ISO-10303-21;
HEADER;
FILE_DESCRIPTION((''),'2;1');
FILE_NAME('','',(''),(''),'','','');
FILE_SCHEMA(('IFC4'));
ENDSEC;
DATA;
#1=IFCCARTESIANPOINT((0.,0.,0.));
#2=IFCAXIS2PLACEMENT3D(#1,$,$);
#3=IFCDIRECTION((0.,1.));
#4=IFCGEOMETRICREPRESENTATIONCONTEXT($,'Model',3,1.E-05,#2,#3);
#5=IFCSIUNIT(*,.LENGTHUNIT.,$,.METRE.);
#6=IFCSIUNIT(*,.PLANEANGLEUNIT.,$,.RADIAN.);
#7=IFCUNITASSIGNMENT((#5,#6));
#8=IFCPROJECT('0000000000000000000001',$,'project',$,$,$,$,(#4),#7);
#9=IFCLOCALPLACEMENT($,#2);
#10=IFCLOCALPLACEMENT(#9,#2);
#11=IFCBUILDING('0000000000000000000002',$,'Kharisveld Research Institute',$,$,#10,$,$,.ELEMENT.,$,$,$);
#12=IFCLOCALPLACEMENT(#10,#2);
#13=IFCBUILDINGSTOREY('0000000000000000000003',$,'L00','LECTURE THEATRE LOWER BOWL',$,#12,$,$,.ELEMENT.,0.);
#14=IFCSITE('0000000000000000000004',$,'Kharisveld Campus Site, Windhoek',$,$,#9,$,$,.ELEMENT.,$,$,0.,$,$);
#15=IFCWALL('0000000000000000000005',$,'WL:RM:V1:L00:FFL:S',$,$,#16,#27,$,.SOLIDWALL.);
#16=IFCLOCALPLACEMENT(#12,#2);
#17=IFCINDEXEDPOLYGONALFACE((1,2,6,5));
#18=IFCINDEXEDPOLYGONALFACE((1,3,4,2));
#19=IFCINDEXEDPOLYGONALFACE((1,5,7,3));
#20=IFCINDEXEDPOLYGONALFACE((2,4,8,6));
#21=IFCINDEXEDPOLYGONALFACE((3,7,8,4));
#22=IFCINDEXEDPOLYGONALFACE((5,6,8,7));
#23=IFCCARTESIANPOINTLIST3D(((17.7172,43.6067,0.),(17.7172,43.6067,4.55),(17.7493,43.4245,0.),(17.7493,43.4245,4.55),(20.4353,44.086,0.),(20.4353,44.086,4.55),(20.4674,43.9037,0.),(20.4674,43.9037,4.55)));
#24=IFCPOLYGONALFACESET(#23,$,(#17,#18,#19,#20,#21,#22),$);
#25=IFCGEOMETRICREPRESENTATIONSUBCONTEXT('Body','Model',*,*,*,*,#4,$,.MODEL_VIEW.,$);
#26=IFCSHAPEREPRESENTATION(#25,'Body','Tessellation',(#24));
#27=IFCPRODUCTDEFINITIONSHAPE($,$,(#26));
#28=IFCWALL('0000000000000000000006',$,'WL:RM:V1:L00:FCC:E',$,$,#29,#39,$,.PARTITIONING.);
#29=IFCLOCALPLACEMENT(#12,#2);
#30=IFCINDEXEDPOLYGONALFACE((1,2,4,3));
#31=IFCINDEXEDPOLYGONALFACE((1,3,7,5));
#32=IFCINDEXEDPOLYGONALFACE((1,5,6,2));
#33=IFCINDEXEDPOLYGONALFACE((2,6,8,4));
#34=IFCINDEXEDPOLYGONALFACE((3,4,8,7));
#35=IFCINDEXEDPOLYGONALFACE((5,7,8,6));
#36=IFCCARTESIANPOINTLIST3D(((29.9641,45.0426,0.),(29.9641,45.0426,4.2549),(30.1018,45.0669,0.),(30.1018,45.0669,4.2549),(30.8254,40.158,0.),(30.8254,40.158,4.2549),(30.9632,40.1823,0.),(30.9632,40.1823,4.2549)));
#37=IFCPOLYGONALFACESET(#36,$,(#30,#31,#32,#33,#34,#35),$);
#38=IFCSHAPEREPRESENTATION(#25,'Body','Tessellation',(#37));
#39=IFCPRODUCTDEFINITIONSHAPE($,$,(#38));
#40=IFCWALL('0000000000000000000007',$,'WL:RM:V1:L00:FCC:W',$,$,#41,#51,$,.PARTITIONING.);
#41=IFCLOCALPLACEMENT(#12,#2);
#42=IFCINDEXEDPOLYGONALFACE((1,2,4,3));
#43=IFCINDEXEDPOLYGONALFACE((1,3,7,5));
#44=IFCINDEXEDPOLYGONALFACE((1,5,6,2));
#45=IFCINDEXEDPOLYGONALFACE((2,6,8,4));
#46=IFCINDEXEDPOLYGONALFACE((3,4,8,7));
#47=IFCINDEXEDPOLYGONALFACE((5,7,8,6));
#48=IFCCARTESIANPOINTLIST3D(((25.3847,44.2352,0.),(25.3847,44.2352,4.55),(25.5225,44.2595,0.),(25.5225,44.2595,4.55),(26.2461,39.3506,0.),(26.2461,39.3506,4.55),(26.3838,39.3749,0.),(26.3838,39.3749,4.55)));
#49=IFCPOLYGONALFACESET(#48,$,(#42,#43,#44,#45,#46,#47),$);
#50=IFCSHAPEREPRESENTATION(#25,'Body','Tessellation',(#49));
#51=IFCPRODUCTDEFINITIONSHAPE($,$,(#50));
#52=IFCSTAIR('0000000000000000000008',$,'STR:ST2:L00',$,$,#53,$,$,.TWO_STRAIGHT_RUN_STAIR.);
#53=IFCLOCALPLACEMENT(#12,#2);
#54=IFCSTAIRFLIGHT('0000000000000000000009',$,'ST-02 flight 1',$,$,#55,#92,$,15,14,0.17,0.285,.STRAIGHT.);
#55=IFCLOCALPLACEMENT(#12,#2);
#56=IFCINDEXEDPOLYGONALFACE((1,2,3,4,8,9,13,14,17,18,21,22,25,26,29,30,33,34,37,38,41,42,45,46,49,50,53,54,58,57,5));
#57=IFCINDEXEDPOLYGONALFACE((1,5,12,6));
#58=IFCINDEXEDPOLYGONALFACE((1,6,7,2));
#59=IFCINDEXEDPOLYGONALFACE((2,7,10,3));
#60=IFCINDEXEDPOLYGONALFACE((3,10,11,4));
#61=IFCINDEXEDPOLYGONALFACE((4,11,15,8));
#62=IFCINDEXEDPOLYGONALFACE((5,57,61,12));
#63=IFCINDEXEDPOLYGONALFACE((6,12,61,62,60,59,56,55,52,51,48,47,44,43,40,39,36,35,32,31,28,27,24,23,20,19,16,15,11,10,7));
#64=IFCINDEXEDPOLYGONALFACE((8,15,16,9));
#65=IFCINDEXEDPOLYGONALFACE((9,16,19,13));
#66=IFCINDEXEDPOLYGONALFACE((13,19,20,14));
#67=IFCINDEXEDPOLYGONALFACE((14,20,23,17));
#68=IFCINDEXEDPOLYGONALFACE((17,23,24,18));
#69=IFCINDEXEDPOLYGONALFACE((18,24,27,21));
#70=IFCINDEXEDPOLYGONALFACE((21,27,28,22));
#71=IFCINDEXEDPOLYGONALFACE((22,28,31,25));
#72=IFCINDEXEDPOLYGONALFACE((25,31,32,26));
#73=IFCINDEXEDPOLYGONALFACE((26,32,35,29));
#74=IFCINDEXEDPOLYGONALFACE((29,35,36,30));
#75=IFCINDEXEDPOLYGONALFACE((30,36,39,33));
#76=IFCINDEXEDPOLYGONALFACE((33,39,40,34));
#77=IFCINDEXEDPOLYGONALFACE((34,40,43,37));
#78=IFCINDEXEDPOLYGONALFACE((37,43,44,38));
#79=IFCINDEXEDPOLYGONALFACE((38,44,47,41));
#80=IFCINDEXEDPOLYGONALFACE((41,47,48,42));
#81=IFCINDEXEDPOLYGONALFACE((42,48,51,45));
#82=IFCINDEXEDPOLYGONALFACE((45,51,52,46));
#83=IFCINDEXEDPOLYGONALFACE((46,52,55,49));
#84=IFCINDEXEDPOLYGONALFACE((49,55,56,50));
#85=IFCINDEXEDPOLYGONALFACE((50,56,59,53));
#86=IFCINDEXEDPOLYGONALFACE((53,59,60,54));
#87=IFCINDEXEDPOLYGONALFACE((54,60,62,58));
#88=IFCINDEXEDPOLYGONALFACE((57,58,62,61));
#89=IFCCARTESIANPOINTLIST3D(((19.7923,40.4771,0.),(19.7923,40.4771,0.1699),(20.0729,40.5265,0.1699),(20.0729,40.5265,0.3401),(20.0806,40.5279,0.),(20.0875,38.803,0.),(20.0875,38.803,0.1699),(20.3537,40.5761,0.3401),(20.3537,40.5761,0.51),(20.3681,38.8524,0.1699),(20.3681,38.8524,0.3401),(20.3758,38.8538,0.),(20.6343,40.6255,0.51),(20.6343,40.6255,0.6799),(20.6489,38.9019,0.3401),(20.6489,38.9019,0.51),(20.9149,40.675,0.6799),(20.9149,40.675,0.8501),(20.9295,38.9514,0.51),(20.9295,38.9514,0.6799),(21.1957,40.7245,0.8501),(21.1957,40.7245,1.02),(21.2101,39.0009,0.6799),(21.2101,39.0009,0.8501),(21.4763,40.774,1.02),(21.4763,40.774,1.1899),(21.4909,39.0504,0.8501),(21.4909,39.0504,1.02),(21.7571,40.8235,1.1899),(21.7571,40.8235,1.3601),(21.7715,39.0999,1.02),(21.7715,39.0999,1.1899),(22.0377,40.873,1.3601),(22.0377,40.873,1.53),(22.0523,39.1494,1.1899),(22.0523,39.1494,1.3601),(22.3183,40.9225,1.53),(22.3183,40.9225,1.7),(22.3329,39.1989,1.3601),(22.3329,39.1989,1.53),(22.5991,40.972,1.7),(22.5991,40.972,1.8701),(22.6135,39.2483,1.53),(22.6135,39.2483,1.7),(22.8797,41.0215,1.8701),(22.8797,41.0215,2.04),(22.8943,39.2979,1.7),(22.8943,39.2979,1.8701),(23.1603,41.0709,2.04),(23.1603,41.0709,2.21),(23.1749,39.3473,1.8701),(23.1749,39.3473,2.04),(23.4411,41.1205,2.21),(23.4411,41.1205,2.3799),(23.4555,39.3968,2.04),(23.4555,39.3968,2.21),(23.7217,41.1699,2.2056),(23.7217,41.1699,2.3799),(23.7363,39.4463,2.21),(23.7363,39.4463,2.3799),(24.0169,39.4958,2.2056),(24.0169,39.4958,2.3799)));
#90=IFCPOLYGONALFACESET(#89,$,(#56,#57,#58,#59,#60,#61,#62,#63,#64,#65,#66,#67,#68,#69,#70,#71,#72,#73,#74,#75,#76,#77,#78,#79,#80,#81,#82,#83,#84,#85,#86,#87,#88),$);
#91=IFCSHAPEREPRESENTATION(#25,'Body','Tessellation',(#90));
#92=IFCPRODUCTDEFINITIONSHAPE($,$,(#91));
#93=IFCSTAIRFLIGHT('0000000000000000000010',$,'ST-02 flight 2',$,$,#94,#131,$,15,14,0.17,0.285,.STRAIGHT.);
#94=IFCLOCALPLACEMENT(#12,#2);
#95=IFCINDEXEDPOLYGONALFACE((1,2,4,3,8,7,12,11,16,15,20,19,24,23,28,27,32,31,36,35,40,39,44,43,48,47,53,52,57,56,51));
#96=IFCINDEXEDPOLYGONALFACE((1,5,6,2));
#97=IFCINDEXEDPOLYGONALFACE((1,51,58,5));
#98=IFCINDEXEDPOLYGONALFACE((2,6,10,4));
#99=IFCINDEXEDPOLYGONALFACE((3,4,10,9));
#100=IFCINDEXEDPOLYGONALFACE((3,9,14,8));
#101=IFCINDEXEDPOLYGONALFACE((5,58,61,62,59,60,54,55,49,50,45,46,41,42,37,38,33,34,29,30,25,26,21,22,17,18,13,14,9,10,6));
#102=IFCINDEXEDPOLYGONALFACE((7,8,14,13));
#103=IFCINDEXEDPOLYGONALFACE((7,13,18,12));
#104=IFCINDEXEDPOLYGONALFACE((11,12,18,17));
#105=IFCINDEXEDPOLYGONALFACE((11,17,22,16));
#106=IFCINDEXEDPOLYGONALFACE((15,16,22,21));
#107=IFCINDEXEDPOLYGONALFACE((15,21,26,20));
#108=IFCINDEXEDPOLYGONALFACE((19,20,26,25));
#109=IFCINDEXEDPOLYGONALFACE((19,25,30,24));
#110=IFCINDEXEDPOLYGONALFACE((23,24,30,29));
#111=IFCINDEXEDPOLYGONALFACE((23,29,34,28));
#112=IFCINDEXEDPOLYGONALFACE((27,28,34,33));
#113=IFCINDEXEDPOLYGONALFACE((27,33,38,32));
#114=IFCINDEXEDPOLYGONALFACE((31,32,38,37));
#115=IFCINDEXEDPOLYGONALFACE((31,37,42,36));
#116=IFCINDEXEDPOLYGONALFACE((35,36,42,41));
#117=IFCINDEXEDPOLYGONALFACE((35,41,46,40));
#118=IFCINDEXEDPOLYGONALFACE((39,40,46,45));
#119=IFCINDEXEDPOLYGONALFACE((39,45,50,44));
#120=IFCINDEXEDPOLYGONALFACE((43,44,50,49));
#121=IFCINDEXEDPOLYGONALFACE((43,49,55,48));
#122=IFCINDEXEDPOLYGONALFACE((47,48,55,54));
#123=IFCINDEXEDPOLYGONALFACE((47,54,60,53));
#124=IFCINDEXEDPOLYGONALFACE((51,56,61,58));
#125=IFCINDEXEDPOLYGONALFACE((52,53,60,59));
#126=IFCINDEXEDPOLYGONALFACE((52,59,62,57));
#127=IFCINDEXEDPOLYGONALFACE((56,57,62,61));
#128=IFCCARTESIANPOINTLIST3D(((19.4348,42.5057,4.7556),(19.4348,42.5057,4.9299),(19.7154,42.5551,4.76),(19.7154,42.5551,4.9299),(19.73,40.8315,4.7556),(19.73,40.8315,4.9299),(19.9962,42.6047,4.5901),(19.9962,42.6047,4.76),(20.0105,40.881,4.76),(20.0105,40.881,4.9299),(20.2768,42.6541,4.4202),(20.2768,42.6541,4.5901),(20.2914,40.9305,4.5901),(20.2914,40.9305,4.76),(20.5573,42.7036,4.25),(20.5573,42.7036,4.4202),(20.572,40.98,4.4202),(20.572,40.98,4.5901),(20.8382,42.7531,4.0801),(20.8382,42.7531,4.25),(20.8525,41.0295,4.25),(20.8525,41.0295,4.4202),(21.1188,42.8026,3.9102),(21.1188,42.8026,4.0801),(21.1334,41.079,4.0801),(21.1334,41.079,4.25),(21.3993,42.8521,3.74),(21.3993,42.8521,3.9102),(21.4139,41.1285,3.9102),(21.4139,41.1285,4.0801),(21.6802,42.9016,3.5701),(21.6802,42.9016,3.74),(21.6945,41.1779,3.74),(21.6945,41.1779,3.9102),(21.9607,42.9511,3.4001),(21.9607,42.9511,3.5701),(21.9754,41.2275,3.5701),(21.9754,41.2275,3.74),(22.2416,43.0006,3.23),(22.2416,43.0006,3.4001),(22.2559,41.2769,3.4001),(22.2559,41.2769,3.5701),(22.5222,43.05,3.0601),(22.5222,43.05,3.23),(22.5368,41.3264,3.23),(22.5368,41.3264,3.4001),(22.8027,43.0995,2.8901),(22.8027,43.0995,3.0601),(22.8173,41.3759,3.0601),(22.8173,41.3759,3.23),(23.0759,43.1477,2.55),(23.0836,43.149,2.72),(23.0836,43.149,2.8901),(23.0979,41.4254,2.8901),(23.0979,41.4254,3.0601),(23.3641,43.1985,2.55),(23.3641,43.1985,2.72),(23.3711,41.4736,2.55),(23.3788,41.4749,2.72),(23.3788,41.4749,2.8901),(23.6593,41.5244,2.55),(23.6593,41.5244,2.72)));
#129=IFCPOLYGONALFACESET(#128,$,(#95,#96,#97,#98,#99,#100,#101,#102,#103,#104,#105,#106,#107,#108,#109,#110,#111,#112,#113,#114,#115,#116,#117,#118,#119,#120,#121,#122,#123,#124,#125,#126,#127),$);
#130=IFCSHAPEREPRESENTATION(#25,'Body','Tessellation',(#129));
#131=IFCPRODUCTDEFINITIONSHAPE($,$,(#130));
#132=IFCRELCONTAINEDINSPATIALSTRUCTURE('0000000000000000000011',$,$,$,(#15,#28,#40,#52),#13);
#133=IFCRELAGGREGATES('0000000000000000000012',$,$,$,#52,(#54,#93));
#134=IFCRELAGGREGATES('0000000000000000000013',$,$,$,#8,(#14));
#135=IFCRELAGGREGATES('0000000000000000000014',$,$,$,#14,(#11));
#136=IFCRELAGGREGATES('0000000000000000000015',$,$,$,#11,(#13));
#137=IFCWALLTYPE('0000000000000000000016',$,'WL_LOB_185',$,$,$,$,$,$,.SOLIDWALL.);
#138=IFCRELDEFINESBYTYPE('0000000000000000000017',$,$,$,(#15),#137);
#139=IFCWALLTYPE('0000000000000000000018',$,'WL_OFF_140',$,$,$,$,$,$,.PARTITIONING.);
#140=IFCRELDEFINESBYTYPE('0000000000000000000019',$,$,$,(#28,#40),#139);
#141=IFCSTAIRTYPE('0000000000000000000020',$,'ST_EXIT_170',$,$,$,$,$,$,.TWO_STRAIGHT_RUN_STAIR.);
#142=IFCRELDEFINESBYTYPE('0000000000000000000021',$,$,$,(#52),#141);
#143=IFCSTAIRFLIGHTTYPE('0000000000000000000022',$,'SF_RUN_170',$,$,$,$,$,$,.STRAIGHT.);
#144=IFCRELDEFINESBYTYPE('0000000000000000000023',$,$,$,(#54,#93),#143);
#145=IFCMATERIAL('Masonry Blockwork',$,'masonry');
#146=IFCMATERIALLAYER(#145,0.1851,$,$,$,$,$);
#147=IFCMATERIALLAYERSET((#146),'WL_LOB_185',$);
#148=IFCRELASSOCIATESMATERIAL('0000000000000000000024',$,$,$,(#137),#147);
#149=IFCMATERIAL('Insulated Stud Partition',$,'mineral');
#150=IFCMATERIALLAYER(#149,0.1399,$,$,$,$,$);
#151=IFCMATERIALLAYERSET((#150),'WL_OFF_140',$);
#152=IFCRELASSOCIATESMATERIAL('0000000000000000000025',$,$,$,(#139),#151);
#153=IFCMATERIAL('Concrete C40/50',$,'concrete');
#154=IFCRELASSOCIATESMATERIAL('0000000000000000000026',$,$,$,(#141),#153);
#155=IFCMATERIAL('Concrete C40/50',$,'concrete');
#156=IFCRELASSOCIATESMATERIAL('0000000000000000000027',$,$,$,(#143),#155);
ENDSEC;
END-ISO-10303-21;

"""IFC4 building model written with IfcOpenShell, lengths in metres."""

from ifc_helpers import new_model, si_unit, direction, frame, frame_2d, origin, place, context, subcontext, project, spatial, polyline, rectangle, outline, extrude, material, layer, layer_set, type_object, element, aggregate, save


model = new_model("IFC4")

# Units and contexts
model_context = context("Model", 3, precision=1e-05, world=origin(), true_north=direction((0.0, 1.0)))
body_context = subcontext(model_context, "Body", "Model", "MODEL_VIEW")
ifc_project = project(units=[si_unit("LENGTHUNIT", "METRE"), si_unit("PLANEANGLEUNIT", "RADIAN")], contexts=[model_context])

# Site, building, storey
site_placement = place(None, origin())
site = spatial("IfcSite", under=ifc_project, at=site_placement, Name="Kharisveld Campus Site, Windhoek", CompositionType="ELEMENT", RefElevation=0.0)
building_placement = place(site_placement, origin())
building = spatial("IfcBuilding", under=site, at=building_placement, Name="Kharisveld Research Institute", CompositionType="ELEMENT")
storey_placement = place(building_placement, origin())
storey = spatial("IfcBuildingStorey", under=building, at=storey_placement, Name="L00", Description="LECTURE THEATRE LOWER BOWL", CompositionType="ELEMENT", Elevation=0.0)

# Wall
ifc_material_1 = material(Name="Masonry Blockwork", Category="masonry")
ifc_layer_1 = layer(ifc_material_1, 0.1851)
ifc_layer_set_1 = layer_set([ifc_layer_1], Name="WL_LOB_185")
wall_type_1 = type_object("IfcWallType", Name="WL_LOB_185", PredefinedType="SOLIDWALL", material=ifc_layer_set_1)
wall_1_placement = place(storey_placement, frame((17.7334, 43.5156, 0.0), z_axis=(0.0, 0.0, 1.0), x_axis=(0.984808, 0.173644, 0.0)))
element("IfcWall", 1, at=wall_1_placement, inside=storey, type_object=wall_type_1, Name="WL:RM:V1:L00:FFL:S", PredefinedType="SOLIDWALL", context=body_context, shape_type="SweptSolid", body=[
    extrude(rectangle(XDim=2.76, YDim=0.1851, at=frame_2d((1.3799, 0.0))), origin(), (0.0, 0.0, 1.0), 4.55),
])

# Walls
ifc_material_2 = material(Name="Insulated Stud Partition", Category="mineral")
ifc_layer_2 = layer(ifc_material_2, 0.1399)
ifc_layer_set_2 = layer_set([ifc_layer_2], Name="WL_OFF_140")
wall_type_2 = type_object("IfcWallType", Name="WL_OFF_140", PredefinedType="PARTITIONING", material=ifc_layer_set_2)
wall_2_placement = place(storey_placement, frame((30.8943, 40.1702, 0.0), z_axis=(0.0, 0.0, 1.0), x_axis=(-0.173659, 0.984806, 0.0)))
element("IfcWall", 2, at=wall_2_placement, inside=storey, type_object=wall_type_2, Name="WL:RM:V1:L00:FCC:E", PredefinedType="PARTITIONING", context=body_context, shape_type="SweptSolid", body=[
    extrude(rectangle(XDim=4.96, YDim=0.1399, at=frame_2d((2.48, 0.0))), origin(), (0.0, 0.0, 1.0), 4.2549),
])
wall_3_placement = place(storey_placement, frame((25.4536, 44.2473, 0.0), z_axis=(0.0, 0.0, 1.0), x_axis=(0.173659, -0.984806, 0.0)))
element("IfcWall", 3, at=wall_3_placement, inside=storey, type_object=wall_type_2, Name="WL:RM:V1:L00:FCC:W", PredefinedType="PARTITIONING", context=body_context, shape_type="SweptSolid", body=[
    extrude(rectangle(XDim=4.96, YDim=0.1399, at=frame_2d((2.48, 0.0))), origin(), (0.0, 0.0, 1.0), 4.55),
])

# Stair, stair flights
ifc_material_3 = material(Name="Concrete C40/50", Category="concrete")
stair_type = type_object("IfcStairType", Name="ST_EXIT_170", PredefinedType="TWO_STRAIGHT_RUN_STAIR", material=ifc_material_3)
stair_placement = place(storey_placement, origin())
stair = element("IfcStair", 4, at=stair_placement, inside=storey, type_object=stair_type, Name="STR:ST2:L00", PredefinedType="TWO_STRAIGHT_RUN_STAIR")
ifc_material_4 = material(Name="Concrete C40/50", Category="concrete")
stair_flight_type = type_object("IfcStairFlightType", Name="SF_RUN_170", PredefinedType="STRAIGHT", material=ifc_material_4)
stair_flight_1_placement = place(storey_placement, frame((19.9399, 39.6399, 0.0), z_axis=(0.0, 0.0, 1.0), x_axis=(0.984808, 0.173648, 0.0)))
stair_flight_1 = element("IfcStairFlight", 5, at=stair_flight_1_placement, type_object=stair_flight_type, Name="ST-02 flight 1", NumberOfRisers=15, NumberOfTreads=14, PredefinedType="STRAIGHT", RiserHeight=0.17, TreadLength=0.285, context=body_context, shape_type="SweptSolid", body=[
    extrude(outline(polyline([(0.0, 0.0), (0.0, 0.1699), (0.2849, 0.1699), (0.2849, 0.3401), (0.5701, 0.3401), (0.5701, 0.51), (0.855, 0.51), (0.855, 0.6799), (1.1399, 0.6799), (1.1399, 0.8501), (1.425, 0.8501), (1.425, 1.02), (1.71, 1.02), (1.71, 1.1899), (1.9951, 1.1899), (1.9951, 1.3601), (2.28, 1.3601), (2.28, 1.53), (2.5649, 1.53), (2.5649, 1.7), (2.8501, 1.7), (2.8501, 1.8701), (3.135, 1.8701), (3.135, 2.04), (3.4199, 2.04), (3.4199, 2.21), (3.7051, 2.21), (3.7051, 2.3799), (3.99, 2.3799), (3.99, 2.55), (3.99, 2.2056), (0.2927, 0.0), (0.0, 0.0)])), frame((0.0, 0.8501, 0.0), z_axis=(0.0, -1.0, 0.0), x_axis=(1.0, 0.0, 0.0)), (0.0, 0.0, 1.0), 1.7),
])
stair_flight_2_placement = place(storey_placement, frame((23.5117, 42.3616, 2.55), z_axis=(0.0, 0.0, 1.0), x_axis=(-0.984808, -0.173648, 0.0)))
stair_flight_2 = element("IfcStairFlight", 6, at=stair_flight_2_placement, type_object=stair_flight_type, Name="ST-02 flight 2", NumberOfRisers=15, NumberOfTreads=14, PredefinedType="STRAIGHT", RiserHeight=0.17, TreadLength=0.285, context=body_context, shape_type="SweptSolid", body=[
    extrude(outline(polyline([(0.0, 0.0), (0.0, 0.1699), (0.2849, 0.1699), (0.2849, 0.3401), (0.5701, 0.3401), (0.5701, 0.51), (0.855, 0.51), (0.855, 0.6799), (1.1399, 0.6799), (1.1399, 0.8501), (1.425, 0.8501), (1.425, 1.02), (1.71, 1.02), (1.71, 1.1899), (1.9951, 1.1899), (1.9951, 1.3601), (2.28, 1.3601), (2.28, 1.53), (2.5649, 1.53), (2.5649, 1.7), (2.8501, 1.7), (2.8501, 1.8701), (3.135, 1.8701), (3.135, 2.04), (3.4199, 2.04), (3.4199, 2.21), (3.7051, 2.21), (3.7051, 2.3799), (3.99, 2.3799), (3.99, 2.55), (3.99, 2.2056), (0.2927, 0.0), (0.0, 0.0)])), frame((0.0, 0.8501, 0.0), z_axis=(0.0, -1.0, 0.0), x_axis=(1.0, 0.0, 0.0)), (0.0, 0.0, 1.0), 1.7),
])
aggregate(stair, [stair_flight_1, stair_flight_2])

save(model, "model.ifc")
